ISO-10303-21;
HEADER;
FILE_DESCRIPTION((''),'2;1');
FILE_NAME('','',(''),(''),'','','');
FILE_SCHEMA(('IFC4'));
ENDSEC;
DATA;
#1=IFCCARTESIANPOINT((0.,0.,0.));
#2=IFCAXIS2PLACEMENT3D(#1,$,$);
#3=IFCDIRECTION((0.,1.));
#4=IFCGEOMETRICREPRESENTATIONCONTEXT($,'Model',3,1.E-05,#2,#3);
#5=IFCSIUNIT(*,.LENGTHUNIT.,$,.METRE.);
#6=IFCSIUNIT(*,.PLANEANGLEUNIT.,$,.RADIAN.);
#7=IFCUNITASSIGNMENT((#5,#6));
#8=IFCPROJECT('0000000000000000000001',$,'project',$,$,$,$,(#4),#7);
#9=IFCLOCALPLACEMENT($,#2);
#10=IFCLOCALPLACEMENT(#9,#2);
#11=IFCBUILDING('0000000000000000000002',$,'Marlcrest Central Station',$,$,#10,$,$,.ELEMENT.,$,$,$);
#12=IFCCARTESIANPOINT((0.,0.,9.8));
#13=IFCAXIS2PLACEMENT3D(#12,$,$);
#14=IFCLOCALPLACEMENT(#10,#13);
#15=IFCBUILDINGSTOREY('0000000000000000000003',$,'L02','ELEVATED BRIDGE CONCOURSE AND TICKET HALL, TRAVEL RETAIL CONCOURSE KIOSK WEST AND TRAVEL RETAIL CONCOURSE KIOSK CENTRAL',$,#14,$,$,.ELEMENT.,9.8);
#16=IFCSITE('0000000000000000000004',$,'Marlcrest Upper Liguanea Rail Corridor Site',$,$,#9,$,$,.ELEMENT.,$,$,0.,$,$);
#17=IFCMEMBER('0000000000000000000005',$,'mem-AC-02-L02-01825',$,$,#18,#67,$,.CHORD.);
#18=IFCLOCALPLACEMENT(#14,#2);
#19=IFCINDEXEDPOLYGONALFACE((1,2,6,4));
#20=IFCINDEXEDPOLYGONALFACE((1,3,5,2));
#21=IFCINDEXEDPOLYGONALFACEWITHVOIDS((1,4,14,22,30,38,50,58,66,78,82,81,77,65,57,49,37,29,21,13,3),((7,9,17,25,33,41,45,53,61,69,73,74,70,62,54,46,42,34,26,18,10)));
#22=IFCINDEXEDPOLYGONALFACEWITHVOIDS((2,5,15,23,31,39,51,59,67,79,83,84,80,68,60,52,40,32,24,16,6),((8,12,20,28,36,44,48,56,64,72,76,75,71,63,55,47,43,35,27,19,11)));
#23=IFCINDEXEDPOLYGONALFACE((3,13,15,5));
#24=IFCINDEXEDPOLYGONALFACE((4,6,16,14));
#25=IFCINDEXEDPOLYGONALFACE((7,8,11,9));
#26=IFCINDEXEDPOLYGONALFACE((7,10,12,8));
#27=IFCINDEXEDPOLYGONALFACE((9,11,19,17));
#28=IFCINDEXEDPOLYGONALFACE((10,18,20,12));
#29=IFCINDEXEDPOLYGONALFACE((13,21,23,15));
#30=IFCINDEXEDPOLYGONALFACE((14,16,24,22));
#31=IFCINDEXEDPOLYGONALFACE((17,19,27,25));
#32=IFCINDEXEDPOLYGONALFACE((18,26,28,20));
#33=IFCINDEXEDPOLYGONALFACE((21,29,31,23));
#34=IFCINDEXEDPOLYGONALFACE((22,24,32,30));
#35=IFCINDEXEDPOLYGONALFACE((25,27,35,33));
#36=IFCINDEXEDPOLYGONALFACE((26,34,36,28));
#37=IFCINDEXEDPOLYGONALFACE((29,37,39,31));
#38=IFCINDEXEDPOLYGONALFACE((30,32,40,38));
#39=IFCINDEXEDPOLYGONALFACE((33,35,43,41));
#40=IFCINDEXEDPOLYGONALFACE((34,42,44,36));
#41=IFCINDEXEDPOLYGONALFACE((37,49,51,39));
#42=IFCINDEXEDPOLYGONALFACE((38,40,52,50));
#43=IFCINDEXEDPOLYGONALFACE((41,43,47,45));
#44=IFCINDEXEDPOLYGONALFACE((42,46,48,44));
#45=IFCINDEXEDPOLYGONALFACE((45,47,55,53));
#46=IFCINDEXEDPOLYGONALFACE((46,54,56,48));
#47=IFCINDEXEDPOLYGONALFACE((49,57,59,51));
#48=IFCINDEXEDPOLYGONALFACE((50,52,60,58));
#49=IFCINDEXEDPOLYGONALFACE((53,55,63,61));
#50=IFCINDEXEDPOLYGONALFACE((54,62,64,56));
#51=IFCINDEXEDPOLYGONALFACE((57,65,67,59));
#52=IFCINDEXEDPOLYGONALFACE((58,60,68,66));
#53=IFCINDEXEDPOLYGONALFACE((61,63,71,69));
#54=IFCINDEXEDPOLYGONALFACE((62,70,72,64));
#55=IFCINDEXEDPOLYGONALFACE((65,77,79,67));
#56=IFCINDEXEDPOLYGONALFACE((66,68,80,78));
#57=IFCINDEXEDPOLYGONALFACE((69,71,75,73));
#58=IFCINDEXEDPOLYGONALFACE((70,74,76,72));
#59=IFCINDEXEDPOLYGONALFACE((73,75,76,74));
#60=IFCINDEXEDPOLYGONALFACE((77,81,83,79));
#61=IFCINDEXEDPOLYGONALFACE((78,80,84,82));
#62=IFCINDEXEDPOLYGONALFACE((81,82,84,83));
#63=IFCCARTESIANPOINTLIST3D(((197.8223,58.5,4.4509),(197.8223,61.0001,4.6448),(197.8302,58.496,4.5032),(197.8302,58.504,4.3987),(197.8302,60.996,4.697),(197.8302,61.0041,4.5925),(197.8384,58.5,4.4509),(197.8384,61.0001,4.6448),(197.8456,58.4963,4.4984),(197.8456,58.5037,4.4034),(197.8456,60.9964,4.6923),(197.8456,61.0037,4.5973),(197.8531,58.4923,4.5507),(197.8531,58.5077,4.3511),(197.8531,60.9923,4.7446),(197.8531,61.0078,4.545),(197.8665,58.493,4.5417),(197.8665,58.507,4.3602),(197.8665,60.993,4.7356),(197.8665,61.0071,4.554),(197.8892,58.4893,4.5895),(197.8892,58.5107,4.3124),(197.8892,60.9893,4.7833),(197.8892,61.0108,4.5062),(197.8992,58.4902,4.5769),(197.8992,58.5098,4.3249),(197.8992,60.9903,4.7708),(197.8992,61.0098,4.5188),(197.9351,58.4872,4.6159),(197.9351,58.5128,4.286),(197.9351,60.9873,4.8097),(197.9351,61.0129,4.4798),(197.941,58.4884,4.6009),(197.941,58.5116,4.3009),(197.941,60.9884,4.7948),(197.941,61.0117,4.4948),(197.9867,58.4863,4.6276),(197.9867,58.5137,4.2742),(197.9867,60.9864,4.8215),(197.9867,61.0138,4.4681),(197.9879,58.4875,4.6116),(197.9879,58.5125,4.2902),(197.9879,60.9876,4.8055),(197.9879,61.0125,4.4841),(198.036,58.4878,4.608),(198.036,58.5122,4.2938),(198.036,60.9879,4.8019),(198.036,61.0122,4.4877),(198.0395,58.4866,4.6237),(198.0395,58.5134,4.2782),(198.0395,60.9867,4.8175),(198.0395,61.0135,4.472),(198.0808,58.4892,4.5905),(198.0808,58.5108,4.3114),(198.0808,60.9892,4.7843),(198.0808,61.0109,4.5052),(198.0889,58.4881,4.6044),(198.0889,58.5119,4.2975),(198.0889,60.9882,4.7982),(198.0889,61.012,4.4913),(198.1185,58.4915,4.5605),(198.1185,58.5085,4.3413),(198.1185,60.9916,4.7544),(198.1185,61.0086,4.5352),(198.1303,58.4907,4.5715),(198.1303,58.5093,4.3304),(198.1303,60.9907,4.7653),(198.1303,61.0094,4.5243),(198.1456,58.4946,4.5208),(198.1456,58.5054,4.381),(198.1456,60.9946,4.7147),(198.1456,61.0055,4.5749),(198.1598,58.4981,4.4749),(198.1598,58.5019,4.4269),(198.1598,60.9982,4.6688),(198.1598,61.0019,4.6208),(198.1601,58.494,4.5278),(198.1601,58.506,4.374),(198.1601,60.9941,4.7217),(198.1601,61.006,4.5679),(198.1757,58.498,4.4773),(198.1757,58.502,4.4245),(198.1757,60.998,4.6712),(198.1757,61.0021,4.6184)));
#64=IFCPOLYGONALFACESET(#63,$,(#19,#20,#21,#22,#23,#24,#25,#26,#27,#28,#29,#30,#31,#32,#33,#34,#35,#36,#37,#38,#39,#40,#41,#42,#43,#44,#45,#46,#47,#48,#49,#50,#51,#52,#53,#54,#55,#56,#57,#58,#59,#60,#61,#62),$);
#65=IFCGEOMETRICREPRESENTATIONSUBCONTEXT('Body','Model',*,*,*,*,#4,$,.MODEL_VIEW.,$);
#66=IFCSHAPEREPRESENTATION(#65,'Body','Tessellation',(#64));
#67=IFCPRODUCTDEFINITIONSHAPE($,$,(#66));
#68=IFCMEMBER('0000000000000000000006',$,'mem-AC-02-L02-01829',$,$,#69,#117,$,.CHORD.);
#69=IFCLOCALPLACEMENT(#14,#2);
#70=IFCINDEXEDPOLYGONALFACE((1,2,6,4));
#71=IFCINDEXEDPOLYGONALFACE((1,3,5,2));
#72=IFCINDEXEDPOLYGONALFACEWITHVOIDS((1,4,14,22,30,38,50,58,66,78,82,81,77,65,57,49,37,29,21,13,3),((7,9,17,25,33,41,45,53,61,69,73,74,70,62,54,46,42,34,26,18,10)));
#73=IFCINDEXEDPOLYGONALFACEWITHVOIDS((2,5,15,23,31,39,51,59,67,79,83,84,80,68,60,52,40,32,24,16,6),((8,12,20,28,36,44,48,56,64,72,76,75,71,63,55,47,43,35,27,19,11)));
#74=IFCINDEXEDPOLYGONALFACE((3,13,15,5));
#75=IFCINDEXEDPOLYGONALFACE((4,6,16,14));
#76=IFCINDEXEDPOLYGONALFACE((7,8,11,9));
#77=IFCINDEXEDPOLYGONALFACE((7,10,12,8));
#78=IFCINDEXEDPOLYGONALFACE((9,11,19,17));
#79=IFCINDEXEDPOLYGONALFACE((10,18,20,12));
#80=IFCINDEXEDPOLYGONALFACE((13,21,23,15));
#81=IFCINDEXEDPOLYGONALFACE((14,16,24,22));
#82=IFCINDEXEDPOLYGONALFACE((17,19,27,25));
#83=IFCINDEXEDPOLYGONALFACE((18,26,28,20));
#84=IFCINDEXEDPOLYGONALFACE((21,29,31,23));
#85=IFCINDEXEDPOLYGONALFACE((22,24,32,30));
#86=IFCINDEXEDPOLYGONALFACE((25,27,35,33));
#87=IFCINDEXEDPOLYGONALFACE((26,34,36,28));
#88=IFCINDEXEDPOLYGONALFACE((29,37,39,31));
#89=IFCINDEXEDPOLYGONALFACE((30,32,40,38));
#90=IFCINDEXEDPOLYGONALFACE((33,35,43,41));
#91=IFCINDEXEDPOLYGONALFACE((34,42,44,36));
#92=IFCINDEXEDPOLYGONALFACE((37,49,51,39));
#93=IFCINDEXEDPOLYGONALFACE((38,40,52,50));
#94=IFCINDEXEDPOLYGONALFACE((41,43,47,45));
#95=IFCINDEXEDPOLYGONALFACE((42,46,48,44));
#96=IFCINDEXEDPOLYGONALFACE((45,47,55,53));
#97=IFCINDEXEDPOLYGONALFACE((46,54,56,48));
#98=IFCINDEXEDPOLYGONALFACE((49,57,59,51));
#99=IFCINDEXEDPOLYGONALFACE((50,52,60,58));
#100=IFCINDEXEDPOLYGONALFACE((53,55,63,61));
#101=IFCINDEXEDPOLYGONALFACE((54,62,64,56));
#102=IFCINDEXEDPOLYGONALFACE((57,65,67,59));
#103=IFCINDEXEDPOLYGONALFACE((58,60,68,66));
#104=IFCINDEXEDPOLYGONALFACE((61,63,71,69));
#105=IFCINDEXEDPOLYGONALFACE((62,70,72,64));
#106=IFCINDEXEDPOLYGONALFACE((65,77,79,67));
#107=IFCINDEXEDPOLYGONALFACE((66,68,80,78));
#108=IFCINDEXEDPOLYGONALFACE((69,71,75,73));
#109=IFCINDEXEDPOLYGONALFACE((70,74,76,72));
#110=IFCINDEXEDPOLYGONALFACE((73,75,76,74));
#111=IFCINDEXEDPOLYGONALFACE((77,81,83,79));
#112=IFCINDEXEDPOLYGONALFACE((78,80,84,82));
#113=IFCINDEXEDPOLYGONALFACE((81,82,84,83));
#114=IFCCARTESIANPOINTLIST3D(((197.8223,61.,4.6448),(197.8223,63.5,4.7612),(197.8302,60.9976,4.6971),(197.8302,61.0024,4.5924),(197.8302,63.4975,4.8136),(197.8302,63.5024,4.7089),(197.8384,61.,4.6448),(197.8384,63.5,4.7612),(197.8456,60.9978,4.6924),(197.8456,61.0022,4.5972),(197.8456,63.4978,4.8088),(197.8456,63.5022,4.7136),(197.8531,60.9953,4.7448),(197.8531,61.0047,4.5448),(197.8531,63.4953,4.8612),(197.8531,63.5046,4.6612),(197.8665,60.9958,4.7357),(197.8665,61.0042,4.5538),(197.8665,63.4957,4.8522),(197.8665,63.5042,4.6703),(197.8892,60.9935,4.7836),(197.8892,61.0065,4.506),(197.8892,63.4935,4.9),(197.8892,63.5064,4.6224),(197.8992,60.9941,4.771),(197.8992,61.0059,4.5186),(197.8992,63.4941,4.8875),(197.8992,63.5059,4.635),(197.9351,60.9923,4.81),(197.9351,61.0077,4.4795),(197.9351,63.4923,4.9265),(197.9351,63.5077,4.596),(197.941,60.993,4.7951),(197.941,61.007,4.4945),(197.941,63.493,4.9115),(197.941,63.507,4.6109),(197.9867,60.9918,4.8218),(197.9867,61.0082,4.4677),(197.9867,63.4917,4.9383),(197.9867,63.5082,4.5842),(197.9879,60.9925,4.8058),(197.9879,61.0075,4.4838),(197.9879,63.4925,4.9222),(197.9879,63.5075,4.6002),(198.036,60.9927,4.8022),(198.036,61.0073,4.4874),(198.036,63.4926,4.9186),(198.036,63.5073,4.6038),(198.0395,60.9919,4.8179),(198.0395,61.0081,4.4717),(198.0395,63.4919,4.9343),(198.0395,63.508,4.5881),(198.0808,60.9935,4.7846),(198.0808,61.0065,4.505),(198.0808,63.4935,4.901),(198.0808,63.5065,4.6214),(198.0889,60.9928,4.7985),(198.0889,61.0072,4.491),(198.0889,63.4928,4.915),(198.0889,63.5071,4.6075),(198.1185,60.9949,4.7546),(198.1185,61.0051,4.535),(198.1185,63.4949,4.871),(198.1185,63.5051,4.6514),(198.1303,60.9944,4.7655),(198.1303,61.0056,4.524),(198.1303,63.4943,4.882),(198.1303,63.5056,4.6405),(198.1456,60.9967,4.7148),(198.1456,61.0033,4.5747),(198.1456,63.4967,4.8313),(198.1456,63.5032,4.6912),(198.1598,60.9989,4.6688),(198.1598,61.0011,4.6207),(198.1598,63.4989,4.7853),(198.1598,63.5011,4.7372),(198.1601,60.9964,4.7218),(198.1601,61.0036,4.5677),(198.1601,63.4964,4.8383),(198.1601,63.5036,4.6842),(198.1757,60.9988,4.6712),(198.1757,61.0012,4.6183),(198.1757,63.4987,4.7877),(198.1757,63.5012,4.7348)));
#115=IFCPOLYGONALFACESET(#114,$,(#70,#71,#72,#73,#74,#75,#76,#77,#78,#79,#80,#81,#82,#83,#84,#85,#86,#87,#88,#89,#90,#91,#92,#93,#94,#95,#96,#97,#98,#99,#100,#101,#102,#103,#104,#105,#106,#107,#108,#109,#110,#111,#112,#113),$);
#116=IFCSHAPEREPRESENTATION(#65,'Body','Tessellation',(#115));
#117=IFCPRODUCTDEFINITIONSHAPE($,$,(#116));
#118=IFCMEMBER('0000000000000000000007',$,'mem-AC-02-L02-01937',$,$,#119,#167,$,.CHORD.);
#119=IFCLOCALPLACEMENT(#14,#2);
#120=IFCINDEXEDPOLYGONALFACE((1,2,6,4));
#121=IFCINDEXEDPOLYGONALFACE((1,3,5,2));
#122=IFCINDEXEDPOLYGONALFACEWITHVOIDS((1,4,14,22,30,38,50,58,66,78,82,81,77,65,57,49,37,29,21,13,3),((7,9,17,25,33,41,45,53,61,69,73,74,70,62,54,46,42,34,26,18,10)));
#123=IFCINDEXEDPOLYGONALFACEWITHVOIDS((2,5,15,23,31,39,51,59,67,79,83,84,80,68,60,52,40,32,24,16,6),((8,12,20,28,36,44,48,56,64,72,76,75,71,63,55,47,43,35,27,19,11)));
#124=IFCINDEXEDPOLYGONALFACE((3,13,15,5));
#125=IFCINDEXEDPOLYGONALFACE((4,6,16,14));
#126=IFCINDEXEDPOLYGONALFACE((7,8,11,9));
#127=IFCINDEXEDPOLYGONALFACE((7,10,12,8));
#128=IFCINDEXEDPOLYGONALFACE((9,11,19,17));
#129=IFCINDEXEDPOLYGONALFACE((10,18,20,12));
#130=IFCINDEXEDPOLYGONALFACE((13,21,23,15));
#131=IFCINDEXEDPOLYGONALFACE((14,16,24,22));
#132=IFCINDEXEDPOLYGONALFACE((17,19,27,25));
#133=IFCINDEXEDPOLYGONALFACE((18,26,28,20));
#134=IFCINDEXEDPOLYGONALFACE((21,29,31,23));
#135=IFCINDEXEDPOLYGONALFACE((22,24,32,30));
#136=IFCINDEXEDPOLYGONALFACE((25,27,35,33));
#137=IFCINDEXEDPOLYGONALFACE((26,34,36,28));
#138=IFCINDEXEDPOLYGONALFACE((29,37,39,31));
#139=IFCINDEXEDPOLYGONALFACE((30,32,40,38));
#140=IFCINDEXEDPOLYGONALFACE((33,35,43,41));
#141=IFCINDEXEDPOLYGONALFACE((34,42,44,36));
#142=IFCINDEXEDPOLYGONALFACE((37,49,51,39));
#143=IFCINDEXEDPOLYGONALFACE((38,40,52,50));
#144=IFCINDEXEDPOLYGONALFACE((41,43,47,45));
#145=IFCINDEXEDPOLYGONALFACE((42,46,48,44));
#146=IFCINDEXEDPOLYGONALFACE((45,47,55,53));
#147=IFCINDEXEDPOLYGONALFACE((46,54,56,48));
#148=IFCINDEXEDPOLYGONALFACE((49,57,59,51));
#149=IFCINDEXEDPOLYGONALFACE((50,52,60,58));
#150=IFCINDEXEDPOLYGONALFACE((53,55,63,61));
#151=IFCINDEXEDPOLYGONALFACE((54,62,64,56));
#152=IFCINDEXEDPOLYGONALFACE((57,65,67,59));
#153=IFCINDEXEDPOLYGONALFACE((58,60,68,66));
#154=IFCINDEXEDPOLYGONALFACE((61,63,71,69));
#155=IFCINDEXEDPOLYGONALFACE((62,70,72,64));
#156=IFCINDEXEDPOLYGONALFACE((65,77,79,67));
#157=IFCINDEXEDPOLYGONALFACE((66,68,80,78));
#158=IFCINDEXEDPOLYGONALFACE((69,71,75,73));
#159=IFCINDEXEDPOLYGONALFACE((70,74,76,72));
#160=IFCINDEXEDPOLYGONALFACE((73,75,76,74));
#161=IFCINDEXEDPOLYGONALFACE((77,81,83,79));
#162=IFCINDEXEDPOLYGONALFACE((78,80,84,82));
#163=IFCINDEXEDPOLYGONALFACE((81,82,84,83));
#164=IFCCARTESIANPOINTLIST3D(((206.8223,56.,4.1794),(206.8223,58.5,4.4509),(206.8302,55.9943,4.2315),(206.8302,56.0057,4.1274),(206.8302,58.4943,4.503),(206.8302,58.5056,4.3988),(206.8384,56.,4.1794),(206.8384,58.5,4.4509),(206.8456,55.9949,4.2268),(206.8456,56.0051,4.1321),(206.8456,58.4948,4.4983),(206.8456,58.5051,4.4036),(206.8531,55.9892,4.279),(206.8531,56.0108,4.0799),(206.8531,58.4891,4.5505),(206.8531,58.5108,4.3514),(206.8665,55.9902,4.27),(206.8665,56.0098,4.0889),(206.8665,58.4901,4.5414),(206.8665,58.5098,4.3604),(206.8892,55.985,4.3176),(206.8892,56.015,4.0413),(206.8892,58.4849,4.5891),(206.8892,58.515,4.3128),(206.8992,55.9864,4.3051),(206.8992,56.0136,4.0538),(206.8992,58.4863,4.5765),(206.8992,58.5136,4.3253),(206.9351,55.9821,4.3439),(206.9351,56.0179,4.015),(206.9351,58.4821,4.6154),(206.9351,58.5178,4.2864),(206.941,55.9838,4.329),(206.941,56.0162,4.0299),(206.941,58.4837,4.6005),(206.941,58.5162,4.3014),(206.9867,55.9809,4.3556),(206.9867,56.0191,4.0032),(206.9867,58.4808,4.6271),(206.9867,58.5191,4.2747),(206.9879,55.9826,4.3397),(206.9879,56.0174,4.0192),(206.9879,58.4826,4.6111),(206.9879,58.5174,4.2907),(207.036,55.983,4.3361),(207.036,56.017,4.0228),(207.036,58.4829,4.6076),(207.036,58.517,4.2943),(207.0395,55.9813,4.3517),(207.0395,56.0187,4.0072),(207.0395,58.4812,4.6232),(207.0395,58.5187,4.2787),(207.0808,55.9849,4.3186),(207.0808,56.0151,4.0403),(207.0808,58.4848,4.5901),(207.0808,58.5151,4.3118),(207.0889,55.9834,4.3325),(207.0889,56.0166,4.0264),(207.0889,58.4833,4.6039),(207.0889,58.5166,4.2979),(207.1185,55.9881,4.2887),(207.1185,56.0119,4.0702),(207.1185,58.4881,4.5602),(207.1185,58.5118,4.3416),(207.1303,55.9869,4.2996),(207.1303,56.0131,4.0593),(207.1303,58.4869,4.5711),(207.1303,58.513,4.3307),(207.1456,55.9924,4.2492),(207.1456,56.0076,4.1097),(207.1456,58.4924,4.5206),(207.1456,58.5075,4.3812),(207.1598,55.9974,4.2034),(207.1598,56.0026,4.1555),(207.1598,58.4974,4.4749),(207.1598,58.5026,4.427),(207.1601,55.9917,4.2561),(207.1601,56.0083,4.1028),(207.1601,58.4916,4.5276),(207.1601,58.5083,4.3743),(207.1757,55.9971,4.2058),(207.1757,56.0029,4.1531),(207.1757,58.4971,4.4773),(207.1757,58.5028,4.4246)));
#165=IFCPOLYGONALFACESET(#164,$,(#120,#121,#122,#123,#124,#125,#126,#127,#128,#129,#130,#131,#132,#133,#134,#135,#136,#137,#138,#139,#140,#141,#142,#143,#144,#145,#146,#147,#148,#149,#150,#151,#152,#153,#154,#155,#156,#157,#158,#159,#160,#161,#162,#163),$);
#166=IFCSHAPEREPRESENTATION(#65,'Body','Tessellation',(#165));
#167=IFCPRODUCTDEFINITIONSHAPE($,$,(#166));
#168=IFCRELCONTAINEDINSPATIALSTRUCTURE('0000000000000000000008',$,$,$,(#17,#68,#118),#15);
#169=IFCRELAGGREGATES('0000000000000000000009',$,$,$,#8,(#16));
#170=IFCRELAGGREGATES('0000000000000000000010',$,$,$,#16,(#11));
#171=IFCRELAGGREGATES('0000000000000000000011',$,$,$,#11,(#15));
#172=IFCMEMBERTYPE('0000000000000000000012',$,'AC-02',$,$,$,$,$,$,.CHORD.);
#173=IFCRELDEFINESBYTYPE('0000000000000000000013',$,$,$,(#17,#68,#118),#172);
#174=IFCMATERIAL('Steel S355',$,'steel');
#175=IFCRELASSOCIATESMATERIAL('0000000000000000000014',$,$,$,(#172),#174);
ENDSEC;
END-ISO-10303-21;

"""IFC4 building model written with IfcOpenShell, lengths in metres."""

from ifc_helpers import new_model, si_unit, direction, frame, origin, origin_2d, place, context, subcontext, project, spatial, hollow_circle, extrude, material, material_profile, profile_set, type_object, element, save


model = new_model("IFC4")

# Units and contexts
model_context = context("Model", 3, precision=1e-05, world=origin(), true_north=direction((0.0, 1.0)))
body_context = subcontext(model_context, "Body", "Model", "MODEL_VIEW")
ifc_project = project(units=[si_unit("LENGTHUNIT", "METRE"), si_unit("PLANEANGLEUNIT", "RADIAN")], contexts=[model_context])

# Site, building, storey
site_placement = place(None, origin())
site = spatial("IfcSite", under=ifc_project, at=site_placement, Name="Marlcrest Upper Liguanea Rail Corridor Site", CompositionType="ELEMENT", RefElevation=0.0)
building_placement = place(site_placement, origin())
building = spatial("IfcBuilding", under=site, at=building_placement, Name="Marlcrest Central Station", CompositionType="ELEMENT")
storey_placement = place(building_placement, frame((0.0, 0.0, 9.8)))
storey = spatial("IfcBuildingStorey", under=building, at=storey_placement, Name="L02", Description="ELEVATED BRIDGE CONCOURSE AND TICKET HALL, TRAVEL RETAIL CONCOURSE KIOSK WEST AND TRAVEL RETAIL CONCOURSE KIOSK CENTRAL", CompositionType="ELEMENT", Elevation=9.8)

# Members
ifc_material = material(Name="Steel S355", Category="steel")
ifc_material_profile_1 = material_profile(ifc_material, hollow_circle(Radius=0.1777, WallThickness=0.0161, at=origin_2d()), Name="CHS 355.6x16")
ifc_profile_set_1 = profile_set([ifc_material_profile_1], Name="Steel S355")
member_type_1 = type_object("IfcMemberType", Name="AC-02", PredefinedType="CHORD", material=ifc_profile_set_1)
member_1_placement = place(storey_placement, frame((198.0, 58.5, 4.4509), z_axis=(0.0, 0.997007, 0.077307), x_axis=(-1.0, 0.0, 0.0)))
element("IfcMember", 1, at=member_1_placement, inside=storey, type_object=member_type_1, Name="mem-AC-02-L02-01825", PredefinedType="CHORD", context=body_context, shape_type="SweptSolid", body=[
    extrude(hollow_circle(Radius=0.1777, WallThickness=0.0161, at=origin_2d()), origin(), (0.0, 0.0, 1.0), 2.5076),
])
member_2_placement = place(storey_placement, frame((198.0, 61.0, 4.6448), z_axis=(0.0, 0.998917, 0.046532), x_axis=(-1.0, 0.0, 0.0)))
element("IfcMember", 2, at=member_2_placement, inside=storey, type_object=member_type_1, Name="mem-AC-02-L02-01829", PredefinedType="CHORD", context=body_context, shape_type="SweptSolid", body=[
    extrude(hollow_circle(Radius=0.1777, WallThickness=0.0161, at=origin_2d()), origin(), (0.0, 0.0, 1.0), 2.5027),
])
member_3_placement = place(storey_placement, frame((207.0, 56.0, 4.1794), z_axis=(0.0, 0.994155, 0.107959), x_axis=(-1.0, 0.0, 0.0)))
element("IfcMember", 3, at=member_3_placement, inside=storey, type_object=member_type_1, Name="mem-AC-02-L02-01937", PredefinedType="CHORD", context=body_context, shape_type="SweptSolid", body=[
    extrude(hollow_circle(Radius=0.1777, WallThickness=0.0161, at=origin_2d()), origin(), (0.0, 0.0, 1.0), 2.5146),
])

save(model, "model.ifc")
